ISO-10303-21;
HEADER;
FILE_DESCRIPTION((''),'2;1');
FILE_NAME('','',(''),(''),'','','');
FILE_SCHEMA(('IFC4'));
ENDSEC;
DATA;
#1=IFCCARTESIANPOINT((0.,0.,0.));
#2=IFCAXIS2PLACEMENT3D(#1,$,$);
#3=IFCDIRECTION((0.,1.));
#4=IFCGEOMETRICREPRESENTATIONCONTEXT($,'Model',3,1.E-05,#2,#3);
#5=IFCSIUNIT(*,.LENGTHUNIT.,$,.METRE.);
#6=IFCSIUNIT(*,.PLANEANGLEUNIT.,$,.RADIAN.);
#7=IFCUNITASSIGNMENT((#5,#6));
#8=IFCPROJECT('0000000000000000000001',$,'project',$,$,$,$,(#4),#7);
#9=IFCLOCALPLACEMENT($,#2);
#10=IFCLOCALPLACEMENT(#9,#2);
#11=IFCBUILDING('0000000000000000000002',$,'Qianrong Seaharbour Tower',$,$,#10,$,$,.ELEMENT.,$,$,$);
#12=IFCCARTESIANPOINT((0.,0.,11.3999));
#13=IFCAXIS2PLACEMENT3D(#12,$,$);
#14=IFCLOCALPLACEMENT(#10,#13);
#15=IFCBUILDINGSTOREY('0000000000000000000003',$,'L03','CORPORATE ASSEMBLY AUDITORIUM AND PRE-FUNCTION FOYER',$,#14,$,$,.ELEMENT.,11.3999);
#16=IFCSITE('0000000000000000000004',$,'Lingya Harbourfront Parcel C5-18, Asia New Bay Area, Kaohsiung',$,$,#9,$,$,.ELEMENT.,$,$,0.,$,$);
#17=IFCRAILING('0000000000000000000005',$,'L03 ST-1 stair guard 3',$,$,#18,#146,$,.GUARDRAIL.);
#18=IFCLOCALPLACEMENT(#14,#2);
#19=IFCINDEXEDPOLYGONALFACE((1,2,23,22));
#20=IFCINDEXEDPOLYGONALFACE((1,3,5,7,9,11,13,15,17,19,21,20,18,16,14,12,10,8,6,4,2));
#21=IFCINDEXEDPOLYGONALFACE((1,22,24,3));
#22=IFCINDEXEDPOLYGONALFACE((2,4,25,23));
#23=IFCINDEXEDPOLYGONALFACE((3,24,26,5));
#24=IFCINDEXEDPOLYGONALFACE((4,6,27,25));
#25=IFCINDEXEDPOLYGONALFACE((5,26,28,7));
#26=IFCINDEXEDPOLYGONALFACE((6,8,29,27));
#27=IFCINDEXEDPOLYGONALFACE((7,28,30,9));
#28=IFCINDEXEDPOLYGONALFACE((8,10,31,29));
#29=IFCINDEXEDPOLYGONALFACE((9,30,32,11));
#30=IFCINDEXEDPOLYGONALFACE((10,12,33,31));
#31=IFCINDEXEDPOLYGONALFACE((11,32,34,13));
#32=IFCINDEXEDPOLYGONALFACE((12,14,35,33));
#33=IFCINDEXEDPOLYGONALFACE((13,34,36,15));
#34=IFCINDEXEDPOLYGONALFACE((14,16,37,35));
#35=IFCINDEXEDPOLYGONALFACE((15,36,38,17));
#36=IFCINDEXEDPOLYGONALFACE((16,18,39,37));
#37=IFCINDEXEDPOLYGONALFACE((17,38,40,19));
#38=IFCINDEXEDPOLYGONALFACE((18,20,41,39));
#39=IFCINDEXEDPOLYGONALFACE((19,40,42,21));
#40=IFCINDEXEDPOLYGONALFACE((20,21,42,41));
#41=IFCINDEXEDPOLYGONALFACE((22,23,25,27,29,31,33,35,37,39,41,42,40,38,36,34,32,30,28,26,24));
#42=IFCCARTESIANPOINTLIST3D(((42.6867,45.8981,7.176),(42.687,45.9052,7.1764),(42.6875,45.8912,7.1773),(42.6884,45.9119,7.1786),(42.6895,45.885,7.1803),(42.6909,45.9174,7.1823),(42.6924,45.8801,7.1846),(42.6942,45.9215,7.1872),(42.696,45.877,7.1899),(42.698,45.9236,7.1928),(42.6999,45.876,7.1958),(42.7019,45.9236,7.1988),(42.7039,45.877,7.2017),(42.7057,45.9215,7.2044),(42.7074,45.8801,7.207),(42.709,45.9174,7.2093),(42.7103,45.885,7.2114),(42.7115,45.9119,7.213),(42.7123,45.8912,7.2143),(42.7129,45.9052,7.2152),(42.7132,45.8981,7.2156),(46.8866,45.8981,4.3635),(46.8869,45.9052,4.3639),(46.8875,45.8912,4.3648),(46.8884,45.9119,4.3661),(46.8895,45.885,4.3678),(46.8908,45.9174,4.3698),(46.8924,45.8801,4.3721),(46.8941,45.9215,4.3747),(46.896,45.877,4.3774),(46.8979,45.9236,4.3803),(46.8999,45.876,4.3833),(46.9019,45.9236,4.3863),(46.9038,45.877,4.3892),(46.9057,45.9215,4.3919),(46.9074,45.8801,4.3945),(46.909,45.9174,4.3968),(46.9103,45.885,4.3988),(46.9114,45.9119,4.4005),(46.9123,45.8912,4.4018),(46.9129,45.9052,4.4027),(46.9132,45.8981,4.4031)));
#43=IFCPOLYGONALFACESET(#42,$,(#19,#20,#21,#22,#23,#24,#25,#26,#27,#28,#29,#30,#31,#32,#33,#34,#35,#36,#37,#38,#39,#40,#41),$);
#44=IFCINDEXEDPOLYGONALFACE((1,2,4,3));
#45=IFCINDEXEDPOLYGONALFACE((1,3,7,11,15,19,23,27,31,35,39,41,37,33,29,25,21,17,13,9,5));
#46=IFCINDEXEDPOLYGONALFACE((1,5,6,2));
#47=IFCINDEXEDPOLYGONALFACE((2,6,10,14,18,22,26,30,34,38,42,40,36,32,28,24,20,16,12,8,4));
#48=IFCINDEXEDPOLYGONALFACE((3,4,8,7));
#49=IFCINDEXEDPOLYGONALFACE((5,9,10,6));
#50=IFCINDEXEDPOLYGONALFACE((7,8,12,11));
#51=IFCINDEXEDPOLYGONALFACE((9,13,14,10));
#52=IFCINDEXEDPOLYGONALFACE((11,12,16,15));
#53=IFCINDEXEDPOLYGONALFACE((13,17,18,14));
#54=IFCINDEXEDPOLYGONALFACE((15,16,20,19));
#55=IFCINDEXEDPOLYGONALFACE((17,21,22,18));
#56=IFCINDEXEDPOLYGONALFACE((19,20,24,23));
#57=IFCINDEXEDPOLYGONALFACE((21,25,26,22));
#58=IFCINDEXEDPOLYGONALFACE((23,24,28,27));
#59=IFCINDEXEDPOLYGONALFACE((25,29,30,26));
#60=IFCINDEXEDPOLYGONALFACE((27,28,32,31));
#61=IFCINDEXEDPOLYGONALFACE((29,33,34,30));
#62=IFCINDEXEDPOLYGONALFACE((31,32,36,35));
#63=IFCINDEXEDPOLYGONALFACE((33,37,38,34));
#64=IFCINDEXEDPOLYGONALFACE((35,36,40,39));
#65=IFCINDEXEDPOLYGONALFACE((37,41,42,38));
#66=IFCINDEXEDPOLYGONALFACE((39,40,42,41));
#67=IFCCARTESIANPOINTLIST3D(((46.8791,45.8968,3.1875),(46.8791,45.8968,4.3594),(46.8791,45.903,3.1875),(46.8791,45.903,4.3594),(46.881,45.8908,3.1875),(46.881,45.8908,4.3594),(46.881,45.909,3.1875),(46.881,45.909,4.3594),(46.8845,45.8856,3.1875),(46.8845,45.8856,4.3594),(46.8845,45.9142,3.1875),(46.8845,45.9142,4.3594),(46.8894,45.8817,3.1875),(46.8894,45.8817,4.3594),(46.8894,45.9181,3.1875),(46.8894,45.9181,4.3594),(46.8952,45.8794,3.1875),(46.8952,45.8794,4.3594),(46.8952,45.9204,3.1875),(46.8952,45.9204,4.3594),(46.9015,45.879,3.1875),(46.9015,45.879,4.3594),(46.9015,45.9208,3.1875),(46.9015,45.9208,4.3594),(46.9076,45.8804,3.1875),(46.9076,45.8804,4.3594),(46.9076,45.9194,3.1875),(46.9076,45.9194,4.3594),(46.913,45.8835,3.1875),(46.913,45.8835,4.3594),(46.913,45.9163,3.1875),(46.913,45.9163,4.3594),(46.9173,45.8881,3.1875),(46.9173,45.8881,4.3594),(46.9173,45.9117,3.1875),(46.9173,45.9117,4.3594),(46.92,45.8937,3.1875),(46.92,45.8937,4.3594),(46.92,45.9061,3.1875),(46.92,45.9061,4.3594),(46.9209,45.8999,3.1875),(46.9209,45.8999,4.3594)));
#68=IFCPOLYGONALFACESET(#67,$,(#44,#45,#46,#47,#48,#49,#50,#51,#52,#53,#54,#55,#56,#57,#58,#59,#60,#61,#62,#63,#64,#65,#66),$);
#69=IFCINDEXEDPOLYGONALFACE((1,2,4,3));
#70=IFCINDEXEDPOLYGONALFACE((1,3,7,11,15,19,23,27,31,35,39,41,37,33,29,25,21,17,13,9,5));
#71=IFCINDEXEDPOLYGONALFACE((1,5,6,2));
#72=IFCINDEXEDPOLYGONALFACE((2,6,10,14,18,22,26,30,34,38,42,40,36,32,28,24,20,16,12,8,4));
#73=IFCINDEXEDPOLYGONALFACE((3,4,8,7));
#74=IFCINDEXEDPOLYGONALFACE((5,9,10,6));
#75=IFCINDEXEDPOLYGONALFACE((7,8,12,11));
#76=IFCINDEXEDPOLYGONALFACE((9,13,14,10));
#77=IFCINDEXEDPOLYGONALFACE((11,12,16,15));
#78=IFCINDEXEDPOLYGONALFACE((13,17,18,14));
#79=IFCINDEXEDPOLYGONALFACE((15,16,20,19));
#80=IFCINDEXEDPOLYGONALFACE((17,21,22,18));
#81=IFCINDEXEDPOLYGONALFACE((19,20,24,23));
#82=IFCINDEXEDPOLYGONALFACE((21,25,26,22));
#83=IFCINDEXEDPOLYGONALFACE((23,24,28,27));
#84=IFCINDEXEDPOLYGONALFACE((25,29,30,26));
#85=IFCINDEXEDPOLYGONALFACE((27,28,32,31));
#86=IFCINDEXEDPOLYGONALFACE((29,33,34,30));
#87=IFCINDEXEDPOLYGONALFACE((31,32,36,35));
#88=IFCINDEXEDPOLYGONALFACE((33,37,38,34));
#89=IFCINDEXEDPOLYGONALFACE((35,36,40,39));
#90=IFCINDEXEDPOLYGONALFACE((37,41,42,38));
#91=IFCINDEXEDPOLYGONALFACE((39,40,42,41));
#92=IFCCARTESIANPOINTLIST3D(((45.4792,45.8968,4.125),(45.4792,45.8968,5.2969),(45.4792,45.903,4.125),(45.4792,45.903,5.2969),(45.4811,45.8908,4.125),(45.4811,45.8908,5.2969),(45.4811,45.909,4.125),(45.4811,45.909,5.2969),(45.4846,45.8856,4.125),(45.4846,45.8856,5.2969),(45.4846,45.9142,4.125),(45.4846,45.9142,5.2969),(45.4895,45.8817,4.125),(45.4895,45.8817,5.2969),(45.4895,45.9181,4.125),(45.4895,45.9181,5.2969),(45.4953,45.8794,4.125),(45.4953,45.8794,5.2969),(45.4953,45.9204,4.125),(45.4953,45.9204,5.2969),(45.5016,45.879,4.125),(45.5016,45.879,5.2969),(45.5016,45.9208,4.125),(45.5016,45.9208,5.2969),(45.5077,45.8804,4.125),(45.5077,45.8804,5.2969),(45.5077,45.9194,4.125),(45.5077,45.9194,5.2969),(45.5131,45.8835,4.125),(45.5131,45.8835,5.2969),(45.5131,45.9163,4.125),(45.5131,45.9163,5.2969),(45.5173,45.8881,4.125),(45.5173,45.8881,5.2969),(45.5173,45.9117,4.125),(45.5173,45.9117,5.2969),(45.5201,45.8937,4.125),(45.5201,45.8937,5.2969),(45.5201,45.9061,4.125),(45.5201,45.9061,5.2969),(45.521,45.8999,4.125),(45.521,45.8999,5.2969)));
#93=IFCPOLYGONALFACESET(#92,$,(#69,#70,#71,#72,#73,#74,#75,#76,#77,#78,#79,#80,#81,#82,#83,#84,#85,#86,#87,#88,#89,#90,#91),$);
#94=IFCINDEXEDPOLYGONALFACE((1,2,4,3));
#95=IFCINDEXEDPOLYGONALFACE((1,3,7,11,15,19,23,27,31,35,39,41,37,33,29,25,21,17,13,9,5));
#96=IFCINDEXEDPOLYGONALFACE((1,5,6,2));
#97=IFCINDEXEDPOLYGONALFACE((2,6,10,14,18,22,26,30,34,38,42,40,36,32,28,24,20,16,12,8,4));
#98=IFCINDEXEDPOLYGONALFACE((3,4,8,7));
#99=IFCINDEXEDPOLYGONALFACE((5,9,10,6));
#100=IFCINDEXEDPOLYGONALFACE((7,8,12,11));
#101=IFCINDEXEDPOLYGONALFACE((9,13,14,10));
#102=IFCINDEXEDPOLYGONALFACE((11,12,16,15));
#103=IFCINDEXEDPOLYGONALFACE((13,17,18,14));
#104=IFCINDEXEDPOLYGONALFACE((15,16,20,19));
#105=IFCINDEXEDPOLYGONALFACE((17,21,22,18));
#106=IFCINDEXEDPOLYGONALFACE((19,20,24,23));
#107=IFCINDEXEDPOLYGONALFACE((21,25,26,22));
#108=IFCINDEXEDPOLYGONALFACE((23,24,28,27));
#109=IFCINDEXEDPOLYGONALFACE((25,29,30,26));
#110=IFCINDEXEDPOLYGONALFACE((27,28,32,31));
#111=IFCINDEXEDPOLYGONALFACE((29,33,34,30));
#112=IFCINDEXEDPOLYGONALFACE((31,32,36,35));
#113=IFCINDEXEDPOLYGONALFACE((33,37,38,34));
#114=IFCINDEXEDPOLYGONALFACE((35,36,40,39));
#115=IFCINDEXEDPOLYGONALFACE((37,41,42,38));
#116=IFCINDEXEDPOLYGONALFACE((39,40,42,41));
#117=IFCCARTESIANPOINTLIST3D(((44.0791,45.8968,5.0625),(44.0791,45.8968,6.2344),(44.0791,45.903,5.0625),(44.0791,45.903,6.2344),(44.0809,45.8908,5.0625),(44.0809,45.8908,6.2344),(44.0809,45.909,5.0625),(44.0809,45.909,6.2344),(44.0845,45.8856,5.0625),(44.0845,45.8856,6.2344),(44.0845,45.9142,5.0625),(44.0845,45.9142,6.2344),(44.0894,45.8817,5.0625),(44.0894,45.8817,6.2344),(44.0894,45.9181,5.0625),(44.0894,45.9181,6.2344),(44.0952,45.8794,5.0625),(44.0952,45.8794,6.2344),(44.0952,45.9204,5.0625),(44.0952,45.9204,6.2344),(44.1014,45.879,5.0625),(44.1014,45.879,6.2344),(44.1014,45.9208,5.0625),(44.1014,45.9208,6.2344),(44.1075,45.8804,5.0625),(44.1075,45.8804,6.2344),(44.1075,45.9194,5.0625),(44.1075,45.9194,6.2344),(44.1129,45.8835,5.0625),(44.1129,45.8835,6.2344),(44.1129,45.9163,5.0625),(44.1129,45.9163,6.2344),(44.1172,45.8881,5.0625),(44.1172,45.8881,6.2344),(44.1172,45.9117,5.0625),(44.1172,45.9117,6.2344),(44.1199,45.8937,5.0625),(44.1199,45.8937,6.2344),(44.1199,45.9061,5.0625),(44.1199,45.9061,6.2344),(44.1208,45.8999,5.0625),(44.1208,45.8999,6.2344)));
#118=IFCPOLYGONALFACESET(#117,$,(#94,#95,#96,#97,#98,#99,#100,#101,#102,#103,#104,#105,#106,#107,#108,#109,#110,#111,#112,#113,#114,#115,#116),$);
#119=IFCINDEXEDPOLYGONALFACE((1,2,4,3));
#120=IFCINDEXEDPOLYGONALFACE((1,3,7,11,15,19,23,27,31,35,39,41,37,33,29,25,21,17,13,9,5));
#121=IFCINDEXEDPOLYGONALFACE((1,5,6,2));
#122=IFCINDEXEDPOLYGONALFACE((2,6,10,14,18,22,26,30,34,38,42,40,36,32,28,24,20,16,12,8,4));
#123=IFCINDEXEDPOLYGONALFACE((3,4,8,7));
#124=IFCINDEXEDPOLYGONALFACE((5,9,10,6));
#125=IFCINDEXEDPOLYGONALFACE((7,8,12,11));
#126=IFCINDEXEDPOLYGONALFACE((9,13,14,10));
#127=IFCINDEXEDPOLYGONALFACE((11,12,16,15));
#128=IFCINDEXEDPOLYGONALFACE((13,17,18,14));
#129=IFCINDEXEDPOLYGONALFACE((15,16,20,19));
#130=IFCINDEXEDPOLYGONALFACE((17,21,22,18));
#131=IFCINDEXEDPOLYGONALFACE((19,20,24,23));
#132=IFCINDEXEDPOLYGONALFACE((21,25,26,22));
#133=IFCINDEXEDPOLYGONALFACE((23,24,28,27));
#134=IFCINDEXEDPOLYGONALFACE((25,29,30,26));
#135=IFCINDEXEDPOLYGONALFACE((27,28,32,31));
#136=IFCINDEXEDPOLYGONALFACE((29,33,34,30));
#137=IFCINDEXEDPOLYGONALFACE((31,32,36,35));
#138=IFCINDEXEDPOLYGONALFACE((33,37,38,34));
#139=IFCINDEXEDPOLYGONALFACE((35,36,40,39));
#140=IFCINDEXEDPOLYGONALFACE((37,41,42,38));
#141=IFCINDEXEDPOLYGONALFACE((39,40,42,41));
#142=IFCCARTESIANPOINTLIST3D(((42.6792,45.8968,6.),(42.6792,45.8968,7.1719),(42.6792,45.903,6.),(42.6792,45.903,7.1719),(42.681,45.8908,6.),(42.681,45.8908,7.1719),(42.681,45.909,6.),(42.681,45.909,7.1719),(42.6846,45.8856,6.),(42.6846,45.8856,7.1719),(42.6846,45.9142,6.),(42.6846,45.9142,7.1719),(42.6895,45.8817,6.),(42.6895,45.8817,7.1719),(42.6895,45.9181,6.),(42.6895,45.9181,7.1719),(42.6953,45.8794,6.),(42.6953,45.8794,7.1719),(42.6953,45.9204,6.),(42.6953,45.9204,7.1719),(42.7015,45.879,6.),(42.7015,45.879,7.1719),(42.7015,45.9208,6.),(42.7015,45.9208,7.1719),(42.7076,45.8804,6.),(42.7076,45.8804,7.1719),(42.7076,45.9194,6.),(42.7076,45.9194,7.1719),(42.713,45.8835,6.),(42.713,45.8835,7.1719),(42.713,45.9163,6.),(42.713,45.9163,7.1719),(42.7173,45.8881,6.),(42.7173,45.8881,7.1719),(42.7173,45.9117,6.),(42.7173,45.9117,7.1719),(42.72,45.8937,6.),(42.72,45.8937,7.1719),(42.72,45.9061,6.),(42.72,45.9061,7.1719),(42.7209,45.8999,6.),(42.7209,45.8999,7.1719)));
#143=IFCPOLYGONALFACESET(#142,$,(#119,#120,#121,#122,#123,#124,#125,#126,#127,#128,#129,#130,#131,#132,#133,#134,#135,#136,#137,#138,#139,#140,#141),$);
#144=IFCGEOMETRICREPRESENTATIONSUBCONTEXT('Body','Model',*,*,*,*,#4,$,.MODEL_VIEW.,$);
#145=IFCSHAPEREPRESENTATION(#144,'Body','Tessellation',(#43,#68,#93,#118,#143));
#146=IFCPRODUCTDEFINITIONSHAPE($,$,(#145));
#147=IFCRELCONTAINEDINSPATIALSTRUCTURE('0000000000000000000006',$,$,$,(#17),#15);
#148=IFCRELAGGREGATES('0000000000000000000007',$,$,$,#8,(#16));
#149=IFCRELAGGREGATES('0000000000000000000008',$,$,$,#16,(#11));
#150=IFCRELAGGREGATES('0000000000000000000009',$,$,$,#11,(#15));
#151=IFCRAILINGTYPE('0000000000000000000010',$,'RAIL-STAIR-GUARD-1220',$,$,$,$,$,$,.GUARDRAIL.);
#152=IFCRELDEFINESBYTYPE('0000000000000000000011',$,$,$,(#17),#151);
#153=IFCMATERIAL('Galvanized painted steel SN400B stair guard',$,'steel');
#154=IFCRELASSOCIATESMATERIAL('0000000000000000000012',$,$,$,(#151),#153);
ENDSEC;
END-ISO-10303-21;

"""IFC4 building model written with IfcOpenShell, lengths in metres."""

from ifc_helpers import new_model, si_unit, direction, frame, origin, origin_2d, place, context, subcontext, project, spatial, circle, extrude, material, type_object, element, save


model = new_model("IFC4")

# Units and contexts
model_context = context("Model", 3, precision=1e-05, world=origin(), true_north=direction((0.0, 1.0)))
body_context = subcontext(model_context, "Body", "Model", "MODEL_VIEW")
ifc_project = project(units=[si_unit("LENGTHUNIT", "METRE"), si_unit("PLANEANGLEUNIT", "RADIAN")], contexts=[model_context])

# Site, building, storey
site_placement = place(None, origin())
site = spatial("IfcSite", under=ifc_project, at=site_placement, Name="Lingya Harbourfront Parcel C5-18, Asia New Bay Area, Kaohsiung", CompositionType="ELEMENT", RefElevation=0.0)
building_placement = place(site_placement, origin())
building = spatial("IfcBuilding", under=site, at=building_placement, Name="Qianrong Seaharbour Tower", CompositionType="ELEMENT")
storey_placement = place(building_placement, frame((0.0, 0.0, 11.3999)))
storey = spatial("IfcBuildingStorey", under=building, at=storey_placement, Name="L03", Description="CORPORATE ASSEMBLY AUDITORIUM AND PRE-FUNCTION FOYER", CompositionType="ELEMENT", Elevation=11.3999)

# Railing
ifc_material_1 = material(Name="Galvanized painted steel SN400B stair guard", Category="steel")
railing_type_1 = type_object("IfcRailingType", Name="RAIL-STAIR-GUARD-1220", PredefinedType="GUARDRAIL", material=ifc_material_1)
railing_1_placement = place(storey_placement, frame((46.8999, 45.8999, 3.1875)))
element("IfcRailing", 1, at=railing_1_placement, inside=storey, type_object=railing_type_1, Name="L03 ST-1 stair guard 3", PredefinedType="GUARDRAIL", context=body_context, shape_type="SweptSolid", body=[
    extrude(circle(Radius=0.0239, at=origin_2d()), frame((0.0, 0.0, 1.1958), z_axis=(-0.830904, 0.0, 0.556416), x_axis=(0.0, -1.0, 0.0)), (0.0, 0.0, 1.0), 5.0547),
    extrude(circle(Radius=0.021, at=origin_2d()), origin(), (0.0, 0.0, 1.0), 1.1719),
    extrude(circle(Radius=0.021, at=origin_2d()), frame((-1.3999, 0.0, 0.9375)), (0.0, 0.0, 1.0), 1.1719),
    extrude(circle(Radius=0.021, at=origin_2d()), frame((-2.8, 0.0, 1.875)), (0.0, 0.0, 1.0), 1.1719),
    extrude(circle(Radius=0.021, at=origin_2d()), frame((-4.2, 0.0, 2.8125)), (0.0, 0.0, 1.0), 1.1719),
])

save(model, "model.ifc")
